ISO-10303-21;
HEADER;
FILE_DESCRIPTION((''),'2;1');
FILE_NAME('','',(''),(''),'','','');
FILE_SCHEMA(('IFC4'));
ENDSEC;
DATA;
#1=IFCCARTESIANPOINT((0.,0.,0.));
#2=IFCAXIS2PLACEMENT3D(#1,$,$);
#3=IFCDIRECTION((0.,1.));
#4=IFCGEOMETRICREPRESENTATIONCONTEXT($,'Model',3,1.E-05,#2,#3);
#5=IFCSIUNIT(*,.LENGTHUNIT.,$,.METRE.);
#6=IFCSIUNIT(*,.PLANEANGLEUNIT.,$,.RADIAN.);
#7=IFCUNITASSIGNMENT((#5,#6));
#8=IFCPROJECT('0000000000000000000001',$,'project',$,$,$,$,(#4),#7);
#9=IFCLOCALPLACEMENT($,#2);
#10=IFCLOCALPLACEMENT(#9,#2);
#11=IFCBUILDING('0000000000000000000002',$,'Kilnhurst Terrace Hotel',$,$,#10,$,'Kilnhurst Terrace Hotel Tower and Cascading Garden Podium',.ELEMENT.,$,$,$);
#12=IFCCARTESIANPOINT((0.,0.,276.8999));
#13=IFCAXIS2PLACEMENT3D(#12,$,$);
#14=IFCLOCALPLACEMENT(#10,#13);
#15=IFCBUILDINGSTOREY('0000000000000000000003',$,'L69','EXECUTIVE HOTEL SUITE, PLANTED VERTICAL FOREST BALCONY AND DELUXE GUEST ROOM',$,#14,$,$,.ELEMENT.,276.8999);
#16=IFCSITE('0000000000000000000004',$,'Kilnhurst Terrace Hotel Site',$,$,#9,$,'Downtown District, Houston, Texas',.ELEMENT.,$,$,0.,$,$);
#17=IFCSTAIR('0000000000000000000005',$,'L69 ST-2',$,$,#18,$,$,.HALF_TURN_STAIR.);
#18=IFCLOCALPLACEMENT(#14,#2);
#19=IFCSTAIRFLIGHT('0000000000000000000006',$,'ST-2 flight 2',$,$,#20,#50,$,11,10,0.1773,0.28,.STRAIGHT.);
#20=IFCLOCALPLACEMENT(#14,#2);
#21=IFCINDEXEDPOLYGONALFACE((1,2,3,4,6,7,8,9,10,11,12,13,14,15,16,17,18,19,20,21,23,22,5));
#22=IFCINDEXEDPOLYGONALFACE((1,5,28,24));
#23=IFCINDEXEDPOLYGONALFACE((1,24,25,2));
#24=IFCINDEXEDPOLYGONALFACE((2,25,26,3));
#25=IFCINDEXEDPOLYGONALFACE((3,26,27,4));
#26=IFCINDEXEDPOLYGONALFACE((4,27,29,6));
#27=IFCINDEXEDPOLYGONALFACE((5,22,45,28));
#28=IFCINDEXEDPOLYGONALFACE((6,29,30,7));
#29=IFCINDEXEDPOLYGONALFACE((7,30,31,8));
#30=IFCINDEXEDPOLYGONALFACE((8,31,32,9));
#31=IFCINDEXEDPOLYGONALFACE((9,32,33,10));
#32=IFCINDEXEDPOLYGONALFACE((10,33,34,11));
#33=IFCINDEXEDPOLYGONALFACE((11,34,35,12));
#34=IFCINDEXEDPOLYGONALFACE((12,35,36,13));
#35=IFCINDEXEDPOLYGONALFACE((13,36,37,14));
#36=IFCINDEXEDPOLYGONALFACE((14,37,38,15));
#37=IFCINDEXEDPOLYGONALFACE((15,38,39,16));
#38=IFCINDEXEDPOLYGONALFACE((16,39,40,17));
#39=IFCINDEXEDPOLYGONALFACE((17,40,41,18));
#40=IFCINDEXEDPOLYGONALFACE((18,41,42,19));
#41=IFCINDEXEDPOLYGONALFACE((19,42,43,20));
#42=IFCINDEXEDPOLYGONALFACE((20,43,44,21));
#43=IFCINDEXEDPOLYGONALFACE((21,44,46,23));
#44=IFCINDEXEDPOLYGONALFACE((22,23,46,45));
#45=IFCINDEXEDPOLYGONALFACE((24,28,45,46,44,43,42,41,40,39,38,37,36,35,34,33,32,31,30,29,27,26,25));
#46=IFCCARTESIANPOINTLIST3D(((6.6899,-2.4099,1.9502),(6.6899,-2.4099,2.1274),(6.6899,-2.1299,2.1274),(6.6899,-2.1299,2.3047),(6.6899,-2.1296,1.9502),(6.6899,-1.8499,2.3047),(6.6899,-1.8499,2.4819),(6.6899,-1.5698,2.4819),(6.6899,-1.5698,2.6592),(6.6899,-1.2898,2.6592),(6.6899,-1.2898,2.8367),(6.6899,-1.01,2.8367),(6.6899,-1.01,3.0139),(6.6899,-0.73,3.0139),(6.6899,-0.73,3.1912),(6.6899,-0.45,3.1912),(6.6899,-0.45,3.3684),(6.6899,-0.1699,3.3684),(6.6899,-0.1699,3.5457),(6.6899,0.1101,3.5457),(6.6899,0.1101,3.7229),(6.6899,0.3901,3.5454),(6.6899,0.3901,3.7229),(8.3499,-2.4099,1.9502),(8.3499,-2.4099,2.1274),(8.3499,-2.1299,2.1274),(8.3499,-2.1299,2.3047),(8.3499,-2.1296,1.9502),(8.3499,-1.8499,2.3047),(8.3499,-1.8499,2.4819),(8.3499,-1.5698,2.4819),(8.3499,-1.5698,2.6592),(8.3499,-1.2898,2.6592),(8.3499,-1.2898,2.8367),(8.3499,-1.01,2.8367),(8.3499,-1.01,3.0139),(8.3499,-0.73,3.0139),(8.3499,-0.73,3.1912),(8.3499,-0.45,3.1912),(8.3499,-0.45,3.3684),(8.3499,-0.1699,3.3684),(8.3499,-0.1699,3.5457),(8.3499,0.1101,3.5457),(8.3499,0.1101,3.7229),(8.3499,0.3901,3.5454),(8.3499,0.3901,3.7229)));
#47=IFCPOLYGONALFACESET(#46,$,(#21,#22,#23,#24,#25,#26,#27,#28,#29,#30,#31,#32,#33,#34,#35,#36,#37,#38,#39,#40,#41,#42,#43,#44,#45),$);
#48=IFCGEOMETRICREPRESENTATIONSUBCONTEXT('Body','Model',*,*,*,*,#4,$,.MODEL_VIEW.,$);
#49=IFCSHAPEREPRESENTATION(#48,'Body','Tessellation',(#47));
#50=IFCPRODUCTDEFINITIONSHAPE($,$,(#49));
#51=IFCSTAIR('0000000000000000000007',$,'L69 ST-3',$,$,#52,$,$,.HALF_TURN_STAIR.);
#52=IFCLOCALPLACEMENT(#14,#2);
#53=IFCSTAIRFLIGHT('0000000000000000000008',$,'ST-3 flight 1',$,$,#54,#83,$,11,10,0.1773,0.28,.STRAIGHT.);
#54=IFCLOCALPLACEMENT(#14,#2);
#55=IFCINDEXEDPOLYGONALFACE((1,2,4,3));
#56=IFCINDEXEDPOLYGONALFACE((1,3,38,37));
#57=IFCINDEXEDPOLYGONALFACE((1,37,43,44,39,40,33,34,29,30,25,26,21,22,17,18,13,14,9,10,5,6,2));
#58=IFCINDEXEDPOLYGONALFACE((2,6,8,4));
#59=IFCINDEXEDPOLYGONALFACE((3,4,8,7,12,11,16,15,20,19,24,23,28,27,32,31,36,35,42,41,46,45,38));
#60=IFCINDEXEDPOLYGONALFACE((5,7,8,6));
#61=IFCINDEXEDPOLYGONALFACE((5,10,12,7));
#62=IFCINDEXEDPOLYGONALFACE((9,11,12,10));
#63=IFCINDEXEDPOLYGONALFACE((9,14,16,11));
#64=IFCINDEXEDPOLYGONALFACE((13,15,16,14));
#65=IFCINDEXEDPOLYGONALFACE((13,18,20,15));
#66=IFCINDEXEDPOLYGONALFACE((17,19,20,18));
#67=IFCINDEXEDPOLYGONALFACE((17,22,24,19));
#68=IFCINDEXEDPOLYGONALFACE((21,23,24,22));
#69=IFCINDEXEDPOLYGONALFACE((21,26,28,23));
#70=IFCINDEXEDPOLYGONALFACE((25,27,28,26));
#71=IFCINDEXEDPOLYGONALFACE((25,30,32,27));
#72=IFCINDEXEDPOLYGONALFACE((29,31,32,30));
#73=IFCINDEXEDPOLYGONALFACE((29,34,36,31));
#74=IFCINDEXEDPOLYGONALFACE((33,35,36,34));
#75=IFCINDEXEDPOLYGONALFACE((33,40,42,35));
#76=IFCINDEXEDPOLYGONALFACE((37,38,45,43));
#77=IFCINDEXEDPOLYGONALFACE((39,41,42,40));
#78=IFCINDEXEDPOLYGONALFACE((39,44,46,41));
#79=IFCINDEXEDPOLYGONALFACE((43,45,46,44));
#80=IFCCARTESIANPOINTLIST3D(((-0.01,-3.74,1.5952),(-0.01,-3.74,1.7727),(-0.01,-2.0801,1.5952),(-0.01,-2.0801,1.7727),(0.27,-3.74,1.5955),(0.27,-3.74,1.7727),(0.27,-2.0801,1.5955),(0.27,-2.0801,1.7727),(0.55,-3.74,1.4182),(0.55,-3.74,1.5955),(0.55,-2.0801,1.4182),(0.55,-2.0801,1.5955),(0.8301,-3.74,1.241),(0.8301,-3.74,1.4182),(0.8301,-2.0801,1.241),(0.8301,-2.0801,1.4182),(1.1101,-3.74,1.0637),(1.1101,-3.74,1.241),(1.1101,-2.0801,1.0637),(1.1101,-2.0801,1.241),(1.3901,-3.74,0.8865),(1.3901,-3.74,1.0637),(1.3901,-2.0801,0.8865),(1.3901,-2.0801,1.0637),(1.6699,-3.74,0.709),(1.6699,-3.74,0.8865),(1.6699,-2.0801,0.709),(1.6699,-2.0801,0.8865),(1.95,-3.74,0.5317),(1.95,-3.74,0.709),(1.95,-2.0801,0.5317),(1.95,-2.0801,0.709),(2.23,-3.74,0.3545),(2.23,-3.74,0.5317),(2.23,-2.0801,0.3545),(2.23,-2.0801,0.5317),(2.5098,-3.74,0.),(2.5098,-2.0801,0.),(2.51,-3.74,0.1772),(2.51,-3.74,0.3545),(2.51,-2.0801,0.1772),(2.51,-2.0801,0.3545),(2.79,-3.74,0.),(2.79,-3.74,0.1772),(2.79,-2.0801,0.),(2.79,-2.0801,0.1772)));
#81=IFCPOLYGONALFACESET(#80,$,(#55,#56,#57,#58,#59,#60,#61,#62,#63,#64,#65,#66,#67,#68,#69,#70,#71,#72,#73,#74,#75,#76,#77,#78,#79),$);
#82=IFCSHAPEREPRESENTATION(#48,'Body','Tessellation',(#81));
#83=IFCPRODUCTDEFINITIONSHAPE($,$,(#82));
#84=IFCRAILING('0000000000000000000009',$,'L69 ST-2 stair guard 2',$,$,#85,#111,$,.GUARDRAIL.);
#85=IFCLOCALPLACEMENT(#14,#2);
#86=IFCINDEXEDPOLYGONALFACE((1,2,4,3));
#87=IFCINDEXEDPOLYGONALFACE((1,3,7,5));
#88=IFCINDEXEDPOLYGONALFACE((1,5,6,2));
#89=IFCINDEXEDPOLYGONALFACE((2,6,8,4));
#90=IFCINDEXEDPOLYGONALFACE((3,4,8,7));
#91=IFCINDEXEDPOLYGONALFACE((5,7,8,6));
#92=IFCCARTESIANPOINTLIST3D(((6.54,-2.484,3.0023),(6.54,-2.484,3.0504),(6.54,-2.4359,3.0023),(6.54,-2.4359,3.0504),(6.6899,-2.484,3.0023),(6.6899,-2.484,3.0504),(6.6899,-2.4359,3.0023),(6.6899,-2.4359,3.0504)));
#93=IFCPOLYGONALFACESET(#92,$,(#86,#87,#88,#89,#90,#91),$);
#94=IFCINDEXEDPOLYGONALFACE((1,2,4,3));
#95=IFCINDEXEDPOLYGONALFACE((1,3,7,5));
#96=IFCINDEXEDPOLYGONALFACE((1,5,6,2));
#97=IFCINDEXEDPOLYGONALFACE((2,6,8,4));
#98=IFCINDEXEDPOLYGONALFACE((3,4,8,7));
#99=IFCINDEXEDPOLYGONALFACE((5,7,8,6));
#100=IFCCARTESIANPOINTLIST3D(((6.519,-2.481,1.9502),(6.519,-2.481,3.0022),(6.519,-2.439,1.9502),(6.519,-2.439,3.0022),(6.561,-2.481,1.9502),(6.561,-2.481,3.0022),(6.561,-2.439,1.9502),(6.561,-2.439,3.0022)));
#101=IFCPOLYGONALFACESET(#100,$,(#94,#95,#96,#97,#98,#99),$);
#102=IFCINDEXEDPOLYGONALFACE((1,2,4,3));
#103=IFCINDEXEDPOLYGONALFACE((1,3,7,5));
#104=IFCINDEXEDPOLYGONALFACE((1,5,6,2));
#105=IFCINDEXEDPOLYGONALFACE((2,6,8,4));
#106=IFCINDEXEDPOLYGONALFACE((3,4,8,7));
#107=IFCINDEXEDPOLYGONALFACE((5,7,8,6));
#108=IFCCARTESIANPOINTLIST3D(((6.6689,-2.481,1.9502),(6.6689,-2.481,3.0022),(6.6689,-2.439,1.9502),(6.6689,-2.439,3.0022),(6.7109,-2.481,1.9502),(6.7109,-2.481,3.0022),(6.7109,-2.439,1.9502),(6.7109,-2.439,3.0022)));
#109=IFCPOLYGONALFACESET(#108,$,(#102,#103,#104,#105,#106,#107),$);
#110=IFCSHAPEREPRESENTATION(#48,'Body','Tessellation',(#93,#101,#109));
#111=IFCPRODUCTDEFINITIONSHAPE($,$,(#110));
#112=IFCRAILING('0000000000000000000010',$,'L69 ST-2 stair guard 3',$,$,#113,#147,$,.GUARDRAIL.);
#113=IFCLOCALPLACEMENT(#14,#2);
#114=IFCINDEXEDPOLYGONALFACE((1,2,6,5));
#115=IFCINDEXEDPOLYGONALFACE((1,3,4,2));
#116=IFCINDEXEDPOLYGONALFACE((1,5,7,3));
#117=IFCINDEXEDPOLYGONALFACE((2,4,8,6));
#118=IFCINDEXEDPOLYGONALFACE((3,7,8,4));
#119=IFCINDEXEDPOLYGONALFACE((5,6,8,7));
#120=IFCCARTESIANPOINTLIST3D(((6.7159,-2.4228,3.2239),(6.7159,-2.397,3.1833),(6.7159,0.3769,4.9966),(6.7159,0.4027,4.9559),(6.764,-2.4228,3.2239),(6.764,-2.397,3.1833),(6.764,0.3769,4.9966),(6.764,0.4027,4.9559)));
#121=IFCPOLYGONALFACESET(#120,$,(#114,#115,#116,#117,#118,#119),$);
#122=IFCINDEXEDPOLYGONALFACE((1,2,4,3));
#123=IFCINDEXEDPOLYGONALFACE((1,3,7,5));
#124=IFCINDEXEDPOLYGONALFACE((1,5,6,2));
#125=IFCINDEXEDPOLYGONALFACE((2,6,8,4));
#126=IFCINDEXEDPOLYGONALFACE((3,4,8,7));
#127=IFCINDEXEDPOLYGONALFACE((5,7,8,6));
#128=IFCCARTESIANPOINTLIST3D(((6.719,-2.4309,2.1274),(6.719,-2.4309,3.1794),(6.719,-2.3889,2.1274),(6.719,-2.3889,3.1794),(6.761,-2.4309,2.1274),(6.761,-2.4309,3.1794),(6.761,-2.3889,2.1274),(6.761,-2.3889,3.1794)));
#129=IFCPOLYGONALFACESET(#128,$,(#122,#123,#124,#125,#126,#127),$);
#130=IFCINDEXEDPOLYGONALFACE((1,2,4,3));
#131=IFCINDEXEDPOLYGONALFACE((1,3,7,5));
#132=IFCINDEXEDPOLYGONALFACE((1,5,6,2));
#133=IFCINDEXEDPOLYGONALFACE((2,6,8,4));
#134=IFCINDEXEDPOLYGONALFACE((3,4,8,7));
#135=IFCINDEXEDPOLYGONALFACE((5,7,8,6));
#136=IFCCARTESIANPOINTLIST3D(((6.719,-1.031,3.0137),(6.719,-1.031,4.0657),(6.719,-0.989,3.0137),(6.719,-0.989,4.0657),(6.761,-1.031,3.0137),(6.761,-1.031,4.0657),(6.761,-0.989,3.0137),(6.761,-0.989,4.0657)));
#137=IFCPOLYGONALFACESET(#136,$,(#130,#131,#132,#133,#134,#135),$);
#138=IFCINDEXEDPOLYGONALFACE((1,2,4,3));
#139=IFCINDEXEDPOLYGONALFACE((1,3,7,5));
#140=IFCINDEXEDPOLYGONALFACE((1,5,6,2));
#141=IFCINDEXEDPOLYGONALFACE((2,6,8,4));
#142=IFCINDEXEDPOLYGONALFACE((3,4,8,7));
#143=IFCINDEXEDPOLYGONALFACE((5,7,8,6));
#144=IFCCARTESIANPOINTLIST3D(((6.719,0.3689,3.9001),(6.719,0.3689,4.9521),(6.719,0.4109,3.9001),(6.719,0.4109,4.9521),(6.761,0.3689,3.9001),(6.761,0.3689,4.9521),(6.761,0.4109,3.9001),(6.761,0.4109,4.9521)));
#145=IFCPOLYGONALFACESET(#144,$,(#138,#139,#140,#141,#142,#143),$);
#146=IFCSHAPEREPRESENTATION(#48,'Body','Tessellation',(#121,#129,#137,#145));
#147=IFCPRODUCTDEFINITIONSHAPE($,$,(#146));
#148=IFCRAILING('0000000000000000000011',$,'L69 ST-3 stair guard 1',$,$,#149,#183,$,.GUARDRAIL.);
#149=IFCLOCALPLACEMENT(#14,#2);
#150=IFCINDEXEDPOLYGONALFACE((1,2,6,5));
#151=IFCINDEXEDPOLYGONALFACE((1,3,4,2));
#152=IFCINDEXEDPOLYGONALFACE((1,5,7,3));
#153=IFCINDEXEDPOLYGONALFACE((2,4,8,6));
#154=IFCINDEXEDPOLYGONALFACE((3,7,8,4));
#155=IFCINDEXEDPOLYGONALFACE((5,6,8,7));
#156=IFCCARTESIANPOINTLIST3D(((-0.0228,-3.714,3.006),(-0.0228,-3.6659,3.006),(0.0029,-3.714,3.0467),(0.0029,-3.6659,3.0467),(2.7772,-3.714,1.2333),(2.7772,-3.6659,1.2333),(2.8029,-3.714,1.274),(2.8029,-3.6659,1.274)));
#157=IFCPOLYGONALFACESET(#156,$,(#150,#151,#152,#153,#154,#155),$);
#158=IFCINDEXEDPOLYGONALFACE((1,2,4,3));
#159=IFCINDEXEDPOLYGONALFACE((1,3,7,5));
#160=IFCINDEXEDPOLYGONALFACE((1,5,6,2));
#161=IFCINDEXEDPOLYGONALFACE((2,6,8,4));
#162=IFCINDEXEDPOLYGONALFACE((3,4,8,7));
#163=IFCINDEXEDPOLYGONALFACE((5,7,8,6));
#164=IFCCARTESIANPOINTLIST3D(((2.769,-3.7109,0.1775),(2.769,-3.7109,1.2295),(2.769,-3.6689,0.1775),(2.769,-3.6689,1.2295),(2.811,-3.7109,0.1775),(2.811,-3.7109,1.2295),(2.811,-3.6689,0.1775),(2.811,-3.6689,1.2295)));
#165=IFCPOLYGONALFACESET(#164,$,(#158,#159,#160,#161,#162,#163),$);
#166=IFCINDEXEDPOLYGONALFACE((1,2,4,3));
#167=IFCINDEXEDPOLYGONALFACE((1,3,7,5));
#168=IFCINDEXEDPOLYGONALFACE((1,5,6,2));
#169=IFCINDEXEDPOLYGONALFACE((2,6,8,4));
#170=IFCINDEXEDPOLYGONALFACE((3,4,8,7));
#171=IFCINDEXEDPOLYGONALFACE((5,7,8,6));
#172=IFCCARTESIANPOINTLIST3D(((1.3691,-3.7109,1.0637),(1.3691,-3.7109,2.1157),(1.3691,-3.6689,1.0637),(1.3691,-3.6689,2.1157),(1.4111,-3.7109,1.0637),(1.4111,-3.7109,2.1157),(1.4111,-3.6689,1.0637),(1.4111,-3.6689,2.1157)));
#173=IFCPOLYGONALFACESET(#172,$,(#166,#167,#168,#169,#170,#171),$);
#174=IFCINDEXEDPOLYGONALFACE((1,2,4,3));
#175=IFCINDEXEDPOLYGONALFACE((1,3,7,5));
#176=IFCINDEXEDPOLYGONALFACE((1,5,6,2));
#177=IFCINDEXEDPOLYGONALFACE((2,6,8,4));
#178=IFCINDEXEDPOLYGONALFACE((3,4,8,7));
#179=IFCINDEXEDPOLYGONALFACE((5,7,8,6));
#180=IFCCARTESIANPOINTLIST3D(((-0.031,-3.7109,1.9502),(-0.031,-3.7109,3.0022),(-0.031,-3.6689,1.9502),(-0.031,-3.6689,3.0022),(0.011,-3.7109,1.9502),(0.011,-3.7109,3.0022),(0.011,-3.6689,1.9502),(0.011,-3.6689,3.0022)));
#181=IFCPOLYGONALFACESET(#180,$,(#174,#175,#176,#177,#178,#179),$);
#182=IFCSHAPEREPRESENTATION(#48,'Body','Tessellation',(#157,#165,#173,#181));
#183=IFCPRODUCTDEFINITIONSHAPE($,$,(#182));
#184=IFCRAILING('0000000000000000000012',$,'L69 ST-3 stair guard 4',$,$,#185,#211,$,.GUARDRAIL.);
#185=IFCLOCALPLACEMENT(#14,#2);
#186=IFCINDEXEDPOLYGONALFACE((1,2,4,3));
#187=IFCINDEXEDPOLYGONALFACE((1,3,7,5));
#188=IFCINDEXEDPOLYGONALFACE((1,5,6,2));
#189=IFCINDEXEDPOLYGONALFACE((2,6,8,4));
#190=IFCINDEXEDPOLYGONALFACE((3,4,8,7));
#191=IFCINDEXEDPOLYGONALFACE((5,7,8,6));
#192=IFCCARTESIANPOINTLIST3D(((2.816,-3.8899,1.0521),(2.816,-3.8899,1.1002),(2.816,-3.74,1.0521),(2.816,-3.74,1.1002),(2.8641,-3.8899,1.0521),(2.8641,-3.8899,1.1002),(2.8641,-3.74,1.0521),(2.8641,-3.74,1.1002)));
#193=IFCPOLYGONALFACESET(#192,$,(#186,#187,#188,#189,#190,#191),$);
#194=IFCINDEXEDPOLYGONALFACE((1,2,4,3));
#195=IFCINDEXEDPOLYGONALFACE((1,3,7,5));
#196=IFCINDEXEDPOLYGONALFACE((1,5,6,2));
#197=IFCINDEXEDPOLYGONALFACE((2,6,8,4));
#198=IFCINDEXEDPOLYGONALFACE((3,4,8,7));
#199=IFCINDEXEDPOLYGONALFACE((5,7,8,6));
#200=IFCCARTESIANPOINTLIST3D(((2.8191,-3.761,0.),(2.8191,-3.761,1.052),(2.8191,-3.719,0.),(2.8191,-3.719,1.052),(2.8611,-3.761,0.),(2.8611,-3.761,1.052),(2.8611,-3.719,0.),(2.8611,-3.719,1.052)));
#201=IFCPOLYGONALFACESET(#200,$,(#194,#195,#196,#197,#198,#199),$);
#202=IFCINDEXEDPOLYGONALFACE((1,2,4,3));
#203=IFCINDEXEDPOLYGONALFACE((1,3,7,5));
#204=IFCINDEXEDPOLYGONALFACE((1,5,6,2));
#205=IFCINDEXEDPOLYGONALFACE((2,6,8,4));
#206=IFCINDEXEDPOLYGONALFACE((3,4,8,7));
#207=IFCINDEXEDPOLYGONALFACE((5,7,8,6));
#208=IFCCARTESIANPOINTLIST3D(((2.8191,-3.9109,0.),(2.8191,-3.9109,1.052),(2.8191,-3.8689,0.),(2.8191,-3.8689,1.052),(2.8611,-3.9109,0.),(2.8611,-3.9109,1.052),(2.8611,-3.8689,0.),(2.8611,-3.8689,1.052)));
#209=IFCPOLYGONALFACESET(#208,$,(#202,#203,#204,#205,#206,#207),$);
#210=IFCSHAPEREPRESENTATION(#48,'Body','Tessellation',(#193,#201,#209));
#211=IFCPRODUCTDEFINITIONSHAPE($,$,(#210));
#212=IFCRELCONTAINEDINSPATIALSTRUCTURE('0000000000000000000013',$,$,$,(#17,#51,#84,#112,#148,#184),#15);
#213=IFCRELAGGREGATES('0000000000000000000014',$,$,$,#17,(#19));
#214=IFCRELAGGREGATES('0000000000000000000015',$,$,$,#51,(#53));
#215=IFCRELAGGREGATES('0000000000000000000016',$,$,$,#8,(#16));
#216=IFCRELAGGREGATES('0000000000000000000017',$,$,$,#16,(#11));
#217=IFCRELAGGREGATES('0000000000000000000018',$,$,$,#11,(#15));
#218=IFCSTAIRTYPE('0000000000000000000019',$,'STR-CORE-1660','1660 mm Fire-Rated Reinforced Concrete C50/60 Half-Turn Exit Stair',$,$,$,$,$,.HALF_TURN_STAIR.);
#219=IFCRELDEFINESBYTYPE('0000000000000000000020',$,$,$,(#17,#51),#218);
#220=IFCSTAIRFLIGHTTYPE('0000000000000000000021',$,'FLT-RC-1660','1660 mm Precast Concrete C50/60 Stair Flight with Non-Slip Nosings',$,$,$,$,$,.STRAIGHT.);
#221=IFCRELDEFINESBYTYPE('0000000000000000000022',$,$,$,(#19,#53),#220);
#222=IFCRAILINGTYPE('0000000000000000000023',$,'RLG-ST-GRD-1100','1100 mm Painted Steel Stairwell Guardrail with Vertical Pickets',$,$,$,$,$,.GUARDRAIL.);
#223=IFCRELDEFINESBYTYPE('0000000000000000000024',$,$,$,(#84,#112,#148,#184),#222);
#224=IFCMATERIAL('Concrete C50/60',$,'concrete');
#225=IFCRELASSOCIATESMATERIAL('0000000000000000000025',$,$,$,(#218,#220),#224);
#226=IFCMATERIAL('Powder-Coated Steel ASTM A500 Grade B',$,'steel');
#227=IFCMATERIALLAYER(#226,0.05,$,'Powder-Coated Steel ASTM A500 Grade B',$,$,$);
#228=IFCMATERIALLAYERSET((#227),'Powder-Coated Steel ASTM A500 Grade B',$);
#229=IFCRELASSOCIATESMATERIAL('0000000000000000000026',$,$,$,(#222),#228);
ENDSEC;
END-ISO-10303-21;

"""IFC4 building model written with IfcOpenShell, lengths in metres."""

from ifc_helpers import new_model, si_unit, direction, frame, origin, origin_2d, place, context, subcontext, project, spatial, polyline, rectangle, outline, extrude, material, layer, layer_set, type_object, element, aggregate, save


model = new_model("IFC4")

# Units and contexts
model_context = context("Model", 3, precision=1e-05, world=origin(), true_north=direction((0.0, 1.0)))
body_context = subcontext(model_context, "Body", "Model", "MODEL_VIEW")
ifc_project = project(units=[si_unit("LENGTHUNIT", "METRE"), si_unit("PLANEANGLEUNIT", "RADIAN")], contexts=[model_context])

# Site, building, storey
site_placement = place(None, origin())
site = spatial("IfcSite", under=ifc_project, at=site_placement, Name="Kilnhurst Terrace Hotel Site", LongName="Downtown District, Houston, Texas", CompositionType="ELEMENT", RefElevation=0.0)
building_placement = place(site_placement, origin())
building = spatial("IfcBuilding", under=site, at=building_placement, Name="Kilnhurst Terrace Hotel", LongName="Kilnhurst Terrace Hotel Tower and Cascading Garden Podium", CompositionType="ELEMENT")
storey_placement = place(building_placement, frame((0.0, 0.0, 276.8999)))
storey = spatial("IfcBuildingStorey", under=building, at=storey_placement, Name="L69", Description="EXECUTIVE HOTEL SUITE, PLANTED VERTICAL FOREST BALCONY AND DELUXE GUEST ROOM", CompositionType="ELEMENT", Elevation=276.8999)

# Shared definitions
ifc_material_1 = material(Name="Concrete C50/60", Category="concrete")

# Stairs, stair flights
stair_type = type_object("IfcStairType", Name="STR-CORE-1660", Description="1660 mm Fire-Rated Reinforced Concrete C50/60 Half-Turn Exit Stair", PredefinedType="HALF_TURN_STAIR", material=ifc_material_1)
stair_1_placement = place(storey_placement, origin())
stair_1 = element("IfcStair", 1, at=stair_1_placement, inside=storey, type_object=stair_type, Name="L69 ST-2", PredefinedType="HALF_TURN_STAIR")
stair_flight_type = type_object("IfcStairFlightType", Name="FLT-RC-1660", Description="1660 mm Precast Concrete C50/60 Stair Flight with Non-Slip Nosings", PredefinedType="STRAIGHT", material=ifc_material_1)
stair_flight_1_placement = place(storey_placement, frame((7.52, -2.4099, 1.9502), z_axis=(0.0, 0.0, 1.0), x_axis=(0.0, 1.0, 0.0)))
stair_flight_1 = element("IfcStairFlight", 2, at=stair_flight_1_placement, type_object=stair_flight_type, Name="ST-2 flight 2", NumberOfRisers=11, NumberOfTreads=10, PredefinedType="STRAIGHT", RiserHeight=0.1773, TreadLength=0.28, context=body_context, shape_type="SweptSolid", body=[
    extrude(outline(polyline([(0.0, 0.0), (0.0, 0.1772), (0.28, 0.1772), (0.28, 0.3545), (0.5601, 0.3545), (0.5601, 0.5317), (0.8401, 0.5317), (0.8401, 0.709), (1.1201, 0.709), (1.1201, 0.8865), (1.3999, 0.8865), (1.3999, 1.0637), (1.6799, 1.0637), (1.6799, 1.241), (1.96, 1.241), (1.96, 1.4182), (2.24, 1.4182), (2.24, 1.5955), (2.52, 1.5955), (2.52, 1.7727), (2.8, 1.7727), (2.8, 1.95), (2.8, 1.5952), (0.2803, 0.0), (0.0, 0.0)])), frame((0.0, 0.8301, 0.0), z_axis=(0.0, -1.0, 0.0), x_axis=(1.0, 0.0, 0.0)), (0.0, 0.0, 1.0), 1.6599),
])
aggregate(stair_1, [stair_flight_1])
stair_2_placement = place(storey_placement, origin())
stair_2 = element("IfcStair", 3, at=stair_2_placement, inside=storey, type_object=stair_type, Name="L69 ST-3", PredefinedType="HALF_TURN_STAIR")
stair_flight_2_placement = place(storey_placement, frame((2.79, -2.9099, 0.0), z_axis=(0.0, 0.0, 1.0), x_axis=(-1.0, 0.0, 0.0)))
stair_flight_2 = element("IfcStairFlight", 4, at=stair_flight_2_placement, type_object=stair_flight_type, Name="ST-3 flight 1", NumberOfRisers=11, NumberOfTreads=10, PredefinedType="STRAIGHT", RiserHeight=0.1773, TreadLength=0.28, context=body_context, shape_type="SweptSolid", body=[
    extrude(outline(polyline([(0.0, 0.0), (0.0, 0.1772), (0.28, 0.1772), (0.28, 0.3545), (0.5601, 0.3545), (0.5601, 0.5317), (0.8401, 0.5317), (0.8401, 0.709), (1.1201, 0.709), (1.1201, 0.8865), (1.3999, 0.8865), (1.3999, 1.0637), (1.6799, 1.0637), (1.6799, 1.241), (1.96, 1.241), (1.96, 1.4182), (2.24, 1.4182), (2.24, 1.5955), (2.52, 1.5955), (2.52, 1.7727), (2.8, 1.7727), (2.8, 1.95), (2.8, 1.5952), (0.2803, 0.0), (0.0, 0.0)])), frame((0.0, 0.8301, 0.0), z_axis=(0.0, -1.0, 0.0), x_axis=(1.0, 0.0, 0.0)), (0.0, 0.0, 1.0), 1.6599),
])
aggregate(stair_2, [stair_flight_2])

# Railings
ifc_material_2 = material(Name="Powder-Coated Steel ASTM A500 Grade B", Category="steel")
ifc_layer_1 = layer(ifc_material_2, 0.05, Name="Powder-Coated Steel ASTM A500 Grade B")
ifc_layer_set_1 = layer_set([ifc_layer_1], Name="Powder-Coated Steel ASTM A500 Grade B")
railing_type_1 = type_object("IfcRailingType", Name="RLG-ST-GRD-1100", Description="1100 mm Painted Steel Stairwell Guardrail with Vertical Pickets", PredefinedType="GUARDRAIL", material=ifc_layer_set_1)
railing_1_placement = place(storey_placement, frame((6.54, -2.46, 1.9502)))
element("IfcRailing", 5, at=railing_1_placement, inside=storey, type_object=railing_type_1, Name="L69 ST-2 stair guard 2", PredefinedType="GUARDRAIL", context=body_context, shape_type="SweptSolid", body=[
    extrude(rectangle(XDim=0.0481, YDim=0.0481, at=origin_2d()), frame((0.0, 0.0, 1.0762), z_axis=(1.0, 0.0, 0.0), x_axis=(0.0, 1.0, 0.0)), (0.0, 0.0, 1.0), 0.1499),
    extrude(rectangle(XDim=0.042, YDim=0.042, at=origin_2d()), origin(), (0.0, 0.0, 1.0), 1.052),
    extrude(rectangle(XDim=0.042, YDim=0.042, at=origin_2d()), frame((0.1499, 0.0, 0.0)), (0.0, 0.0, 1.0), 1.052),
])
railing_2_placement = place(storey_placement, frame((6.74, -2.4099, 2.1274)))
element("IfcRailing", 6, at=railing_2_placement, inside=storey, type_object=railing_type_1, Name="L69 ST-2 stair guard 3", PredefinedType="GUARDRAIL", context=body_context, shape_type="SweptSolid", body=[
    extrude(rectangle(XDim=0.0481, YDim=0.0481, at=origin_2d()), frame((0.0, 0.0, 1.0762), z_axis=(0.0, 0.844888, 0.534943), x_axis=(-1.0, 0.0, 0.0)), (0.0, 0.0, 1.0), 3.3137),
    extrude(rectangle(XDim=0.042, YDim=0.042, at=origin_2d()), origin(), (0.0, 0.0, 1.0), 1.052),
    extrude(rectangle(XDim=0.042, YDim=0.042, at=origin_2d()), frame((0.0, 1.3999, 0.8862)), (0.0, 0.0, 1.0), 1.052),
    extrude(rectangle(XDim=0.042, YDim=0.042, at=origin_2d()), frame((0.0, 2.7998, 1.7727)), (0.0, 0.0, 1.0), 1.052),
])
railing_3_placement = place(storey_placement, frame((2.79, -3.6899, 0.1775)))
element("IfcRailing", 7, at=railing_3_placement, inside=storey, type_object=railing_type_1, Name="L69 ST-3 stair guard 1", PredefinedType="GUARDRAIL", context=body_context, shape_type="SweptSolid", body=[
    extrude(rectangle(XDim=0.0481, YDim=0.0481, at=origin_2d()), frame((0.0, 0.0, 1.0762), z_axis=(-0.844909, 0.0, 0.53491), x_axis=(0.0, -1.0, 0.0)), (0.0, 0.0, 1.0), 3.314),
    extrude(rectangle(XDim=0.042, YDim=0.042, at=origin_2d()), origin(), (0.0, 0.0, 1.0), 1.052),
    extrude(rectangle(XDim=0.042, YDim=0.042, at=origin_2d()), frame((-1.3999, 0.0, 0.8862)), (0.0, 0.0, 1.0), 1.052),
    extrude(rectangle(XDim=0.042, YDim=0.042, at=origin_2d()), frame((-2.8, 0.0, 1.7727)), (0.0, 0.0, 1.0), 1.052),
])
railing_4_placement = place(storey_placement, frame((2.8401, -3.74, 0.0)))
element("IfcRailing", 8, at=railing_4_placement, inside=storey, type_object=railing_type_1, Name="L69 ST-3 stair guard 4", PredefinedType="GUARDRAIL", context=body_context, shape_type="SweptSolid", body=[
    extrude(rectangle(XDim=0.0481, YDim=0.0481, at=origin_2d()), frame((0.0, 0.0, 1.0762), z_axis=(0.0, -1.0, 0.0), x_axis=(1.0, 0.0, 0.0)), (0.0, 0.0, 1.0), 0.1499),
    extrude(rectangle(XDim=0.042, YDim=0.042, at=origin_2d()), origin(), (0.0, 0.0, 1.0), 1.052),
    extrude(rectangle(XDim=0.042, YDim=0.042, at=origin_2d()), frame((0.0, -0.1499, 0.0)), (0.0, 0.0, 1.0), 1.052),
])

save(model, "model.ifc")
